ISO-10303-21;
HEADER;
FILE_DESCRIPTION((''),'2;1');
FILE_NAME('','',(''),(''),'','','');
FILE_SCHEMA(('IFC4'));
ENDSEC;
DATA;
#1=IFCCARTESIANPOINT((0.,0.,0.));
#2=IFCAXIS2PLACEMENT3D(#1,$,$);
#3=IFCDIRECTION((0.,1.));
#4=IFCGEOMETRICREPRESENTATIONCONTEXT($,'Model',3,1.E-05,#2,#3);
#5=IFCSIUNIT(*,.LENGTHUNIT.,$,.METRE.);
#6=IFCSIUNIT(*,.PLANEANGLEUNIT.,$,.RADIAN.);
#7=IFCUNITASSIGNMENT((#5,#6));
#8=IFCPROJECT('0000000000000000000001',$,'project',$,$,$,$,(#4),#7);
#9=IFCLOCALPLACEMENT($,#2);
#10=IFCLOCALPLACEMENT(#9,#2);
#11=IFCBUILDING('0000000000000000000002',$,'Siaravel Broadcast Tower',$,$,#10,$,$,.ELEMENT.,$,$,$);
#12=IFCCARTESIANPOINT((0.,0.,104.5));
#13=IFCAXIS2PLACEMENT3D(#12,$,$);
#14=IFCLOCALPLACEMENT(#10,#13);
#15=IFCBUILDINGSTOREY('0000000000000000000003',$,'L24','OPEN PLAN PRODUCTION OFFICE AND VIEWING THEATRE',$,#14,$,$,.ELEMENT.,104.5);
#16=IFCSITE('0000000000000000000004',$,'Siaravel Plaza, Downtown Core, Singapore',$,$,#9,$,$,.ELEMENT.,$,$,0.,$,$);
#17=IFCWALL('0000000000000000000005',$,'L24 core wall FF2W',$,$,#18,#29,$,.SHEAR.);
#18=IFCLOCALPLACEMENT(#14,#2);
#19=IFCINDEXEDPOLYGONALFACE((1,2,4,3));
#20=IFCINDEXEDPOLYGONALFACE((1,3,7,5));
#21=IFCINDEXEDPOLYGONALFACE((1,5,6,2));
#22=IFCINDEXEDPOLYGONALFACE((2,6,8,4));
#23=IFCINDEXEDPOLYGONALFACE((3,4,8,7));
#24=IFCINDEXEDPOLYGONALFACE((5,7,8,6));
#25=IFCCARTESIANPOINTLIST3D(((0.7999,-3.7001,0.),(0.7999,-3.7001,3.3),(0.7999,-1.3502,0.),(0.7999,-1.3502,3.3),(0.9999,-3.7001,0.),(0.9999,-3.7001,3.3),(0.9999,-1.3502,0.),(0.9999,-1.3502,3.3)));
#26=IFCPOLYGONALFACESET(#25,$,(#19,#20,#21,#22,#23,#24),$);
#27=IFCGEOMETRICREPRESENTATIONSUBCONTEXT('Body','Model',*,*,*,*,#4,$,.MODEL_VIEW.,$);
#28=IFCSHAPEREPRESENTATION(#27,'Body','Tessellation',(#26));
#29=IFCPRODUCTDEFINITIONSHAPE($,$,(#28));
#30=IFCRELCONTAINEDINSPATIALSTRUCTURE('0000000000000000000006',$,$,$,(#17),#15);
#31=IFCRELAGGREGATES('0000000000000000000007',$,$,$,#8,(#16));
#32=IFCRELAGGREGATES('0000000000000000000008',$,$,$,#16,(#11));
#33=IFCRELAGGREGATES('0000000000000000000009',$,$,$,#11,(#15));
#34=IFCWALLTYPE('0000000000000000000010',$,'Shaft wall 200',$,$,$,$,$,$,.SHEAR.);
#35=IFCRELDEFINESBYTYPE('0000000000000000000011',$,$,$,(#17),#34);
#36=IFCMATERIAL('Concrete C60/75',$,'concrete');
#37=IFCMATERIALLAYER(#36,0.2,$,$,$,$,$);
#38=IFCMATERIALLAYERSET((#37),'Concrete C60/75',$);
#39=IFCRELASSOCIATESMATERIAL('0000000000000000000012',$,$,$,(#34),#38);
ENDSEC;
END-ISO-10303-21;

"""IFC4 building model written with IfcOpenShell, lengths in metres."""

from ifc_helpers import new_model, si_unit, direction, frame, frame_2d, origin, place, context, subcontext, project, spatial, rectangle, extrude, material, layer, layer_set, type_object, element, save


model = new_model("IFC4")

# Units and contexts
model_context = context("Model", 3, precision=1e-05, world=origin(), true_north=direction((0.0, 1.0)))
body_context = subcontext(model_context, "Body", "Model", "MODEL_VIEW")
ifc_project = project(units=[si_unit("LENGTHUNIT", "METRE"), si_unit("PLANEANGLEUNIT", "RADIAN")], contexts=[model_context])

# Site, building, storey
site_placement = place(None, origin())
site = spatial("IfcSite", under=ifc_project, at=site_placement, Name="Siaravel Plaza, Downtown Core, Singapore", CompositionType="ELEMENT", RefElevation=0.0)
building_placement = place(site_placement, origin())
building = spatial("IfcBuilding", under=site, at=building_placement, Name="Siaravel Broadcast Tower", CompositionType="ELEMENT")
storey_placement = place(building_placement, frame((0.0, 0.0, 104.5)))
storey = spatial("IfcBuildingStorey", under=building, at=storey_placement, Name="L24", Description="OPEN PLAN PRODUCTION OFFICE AND VIEWING THEATRE", CompositionType="ELEMENT", Elevation=104.5)

# Shared definitions
ifc_material_1 = material(Name="Concrete C60/75", Category="concrete")
ifc_layer_1 = layer(ifc_material_1, 0.2)
ifc_layer_set_1 = layer_set([ifc_layer_1], Name="Concrete C60/75")
wall_type_1 = type_object("IfcWallType", Name="Shaft wall 200", PredefinedType="SHEAR", material=ifc_layer_set_1)

# Wall
wall_1_placement = place(storey_placement, frame((0.8999, -3.7, 0.0), z_axis=(0.0, 0.0, 1.0), x_axis=(0.0, 1.0, 0.0)))
element("IfcWall", 1, at=wall_1_placement, inside=storey, type_object=wall_type_1, Name="L24 core wall FF2W", PredefinedType="SHEAR", context=body_context, shape_type="SweptSolid", body=[
    extrude(rectangle(XDim=2.3499, YDim=0.2, at=frame_2d((1.1748, 0.0))), origin(), (0.0, 0.0, 1.0), 3.3),
])

save(model, "model.ifc")
